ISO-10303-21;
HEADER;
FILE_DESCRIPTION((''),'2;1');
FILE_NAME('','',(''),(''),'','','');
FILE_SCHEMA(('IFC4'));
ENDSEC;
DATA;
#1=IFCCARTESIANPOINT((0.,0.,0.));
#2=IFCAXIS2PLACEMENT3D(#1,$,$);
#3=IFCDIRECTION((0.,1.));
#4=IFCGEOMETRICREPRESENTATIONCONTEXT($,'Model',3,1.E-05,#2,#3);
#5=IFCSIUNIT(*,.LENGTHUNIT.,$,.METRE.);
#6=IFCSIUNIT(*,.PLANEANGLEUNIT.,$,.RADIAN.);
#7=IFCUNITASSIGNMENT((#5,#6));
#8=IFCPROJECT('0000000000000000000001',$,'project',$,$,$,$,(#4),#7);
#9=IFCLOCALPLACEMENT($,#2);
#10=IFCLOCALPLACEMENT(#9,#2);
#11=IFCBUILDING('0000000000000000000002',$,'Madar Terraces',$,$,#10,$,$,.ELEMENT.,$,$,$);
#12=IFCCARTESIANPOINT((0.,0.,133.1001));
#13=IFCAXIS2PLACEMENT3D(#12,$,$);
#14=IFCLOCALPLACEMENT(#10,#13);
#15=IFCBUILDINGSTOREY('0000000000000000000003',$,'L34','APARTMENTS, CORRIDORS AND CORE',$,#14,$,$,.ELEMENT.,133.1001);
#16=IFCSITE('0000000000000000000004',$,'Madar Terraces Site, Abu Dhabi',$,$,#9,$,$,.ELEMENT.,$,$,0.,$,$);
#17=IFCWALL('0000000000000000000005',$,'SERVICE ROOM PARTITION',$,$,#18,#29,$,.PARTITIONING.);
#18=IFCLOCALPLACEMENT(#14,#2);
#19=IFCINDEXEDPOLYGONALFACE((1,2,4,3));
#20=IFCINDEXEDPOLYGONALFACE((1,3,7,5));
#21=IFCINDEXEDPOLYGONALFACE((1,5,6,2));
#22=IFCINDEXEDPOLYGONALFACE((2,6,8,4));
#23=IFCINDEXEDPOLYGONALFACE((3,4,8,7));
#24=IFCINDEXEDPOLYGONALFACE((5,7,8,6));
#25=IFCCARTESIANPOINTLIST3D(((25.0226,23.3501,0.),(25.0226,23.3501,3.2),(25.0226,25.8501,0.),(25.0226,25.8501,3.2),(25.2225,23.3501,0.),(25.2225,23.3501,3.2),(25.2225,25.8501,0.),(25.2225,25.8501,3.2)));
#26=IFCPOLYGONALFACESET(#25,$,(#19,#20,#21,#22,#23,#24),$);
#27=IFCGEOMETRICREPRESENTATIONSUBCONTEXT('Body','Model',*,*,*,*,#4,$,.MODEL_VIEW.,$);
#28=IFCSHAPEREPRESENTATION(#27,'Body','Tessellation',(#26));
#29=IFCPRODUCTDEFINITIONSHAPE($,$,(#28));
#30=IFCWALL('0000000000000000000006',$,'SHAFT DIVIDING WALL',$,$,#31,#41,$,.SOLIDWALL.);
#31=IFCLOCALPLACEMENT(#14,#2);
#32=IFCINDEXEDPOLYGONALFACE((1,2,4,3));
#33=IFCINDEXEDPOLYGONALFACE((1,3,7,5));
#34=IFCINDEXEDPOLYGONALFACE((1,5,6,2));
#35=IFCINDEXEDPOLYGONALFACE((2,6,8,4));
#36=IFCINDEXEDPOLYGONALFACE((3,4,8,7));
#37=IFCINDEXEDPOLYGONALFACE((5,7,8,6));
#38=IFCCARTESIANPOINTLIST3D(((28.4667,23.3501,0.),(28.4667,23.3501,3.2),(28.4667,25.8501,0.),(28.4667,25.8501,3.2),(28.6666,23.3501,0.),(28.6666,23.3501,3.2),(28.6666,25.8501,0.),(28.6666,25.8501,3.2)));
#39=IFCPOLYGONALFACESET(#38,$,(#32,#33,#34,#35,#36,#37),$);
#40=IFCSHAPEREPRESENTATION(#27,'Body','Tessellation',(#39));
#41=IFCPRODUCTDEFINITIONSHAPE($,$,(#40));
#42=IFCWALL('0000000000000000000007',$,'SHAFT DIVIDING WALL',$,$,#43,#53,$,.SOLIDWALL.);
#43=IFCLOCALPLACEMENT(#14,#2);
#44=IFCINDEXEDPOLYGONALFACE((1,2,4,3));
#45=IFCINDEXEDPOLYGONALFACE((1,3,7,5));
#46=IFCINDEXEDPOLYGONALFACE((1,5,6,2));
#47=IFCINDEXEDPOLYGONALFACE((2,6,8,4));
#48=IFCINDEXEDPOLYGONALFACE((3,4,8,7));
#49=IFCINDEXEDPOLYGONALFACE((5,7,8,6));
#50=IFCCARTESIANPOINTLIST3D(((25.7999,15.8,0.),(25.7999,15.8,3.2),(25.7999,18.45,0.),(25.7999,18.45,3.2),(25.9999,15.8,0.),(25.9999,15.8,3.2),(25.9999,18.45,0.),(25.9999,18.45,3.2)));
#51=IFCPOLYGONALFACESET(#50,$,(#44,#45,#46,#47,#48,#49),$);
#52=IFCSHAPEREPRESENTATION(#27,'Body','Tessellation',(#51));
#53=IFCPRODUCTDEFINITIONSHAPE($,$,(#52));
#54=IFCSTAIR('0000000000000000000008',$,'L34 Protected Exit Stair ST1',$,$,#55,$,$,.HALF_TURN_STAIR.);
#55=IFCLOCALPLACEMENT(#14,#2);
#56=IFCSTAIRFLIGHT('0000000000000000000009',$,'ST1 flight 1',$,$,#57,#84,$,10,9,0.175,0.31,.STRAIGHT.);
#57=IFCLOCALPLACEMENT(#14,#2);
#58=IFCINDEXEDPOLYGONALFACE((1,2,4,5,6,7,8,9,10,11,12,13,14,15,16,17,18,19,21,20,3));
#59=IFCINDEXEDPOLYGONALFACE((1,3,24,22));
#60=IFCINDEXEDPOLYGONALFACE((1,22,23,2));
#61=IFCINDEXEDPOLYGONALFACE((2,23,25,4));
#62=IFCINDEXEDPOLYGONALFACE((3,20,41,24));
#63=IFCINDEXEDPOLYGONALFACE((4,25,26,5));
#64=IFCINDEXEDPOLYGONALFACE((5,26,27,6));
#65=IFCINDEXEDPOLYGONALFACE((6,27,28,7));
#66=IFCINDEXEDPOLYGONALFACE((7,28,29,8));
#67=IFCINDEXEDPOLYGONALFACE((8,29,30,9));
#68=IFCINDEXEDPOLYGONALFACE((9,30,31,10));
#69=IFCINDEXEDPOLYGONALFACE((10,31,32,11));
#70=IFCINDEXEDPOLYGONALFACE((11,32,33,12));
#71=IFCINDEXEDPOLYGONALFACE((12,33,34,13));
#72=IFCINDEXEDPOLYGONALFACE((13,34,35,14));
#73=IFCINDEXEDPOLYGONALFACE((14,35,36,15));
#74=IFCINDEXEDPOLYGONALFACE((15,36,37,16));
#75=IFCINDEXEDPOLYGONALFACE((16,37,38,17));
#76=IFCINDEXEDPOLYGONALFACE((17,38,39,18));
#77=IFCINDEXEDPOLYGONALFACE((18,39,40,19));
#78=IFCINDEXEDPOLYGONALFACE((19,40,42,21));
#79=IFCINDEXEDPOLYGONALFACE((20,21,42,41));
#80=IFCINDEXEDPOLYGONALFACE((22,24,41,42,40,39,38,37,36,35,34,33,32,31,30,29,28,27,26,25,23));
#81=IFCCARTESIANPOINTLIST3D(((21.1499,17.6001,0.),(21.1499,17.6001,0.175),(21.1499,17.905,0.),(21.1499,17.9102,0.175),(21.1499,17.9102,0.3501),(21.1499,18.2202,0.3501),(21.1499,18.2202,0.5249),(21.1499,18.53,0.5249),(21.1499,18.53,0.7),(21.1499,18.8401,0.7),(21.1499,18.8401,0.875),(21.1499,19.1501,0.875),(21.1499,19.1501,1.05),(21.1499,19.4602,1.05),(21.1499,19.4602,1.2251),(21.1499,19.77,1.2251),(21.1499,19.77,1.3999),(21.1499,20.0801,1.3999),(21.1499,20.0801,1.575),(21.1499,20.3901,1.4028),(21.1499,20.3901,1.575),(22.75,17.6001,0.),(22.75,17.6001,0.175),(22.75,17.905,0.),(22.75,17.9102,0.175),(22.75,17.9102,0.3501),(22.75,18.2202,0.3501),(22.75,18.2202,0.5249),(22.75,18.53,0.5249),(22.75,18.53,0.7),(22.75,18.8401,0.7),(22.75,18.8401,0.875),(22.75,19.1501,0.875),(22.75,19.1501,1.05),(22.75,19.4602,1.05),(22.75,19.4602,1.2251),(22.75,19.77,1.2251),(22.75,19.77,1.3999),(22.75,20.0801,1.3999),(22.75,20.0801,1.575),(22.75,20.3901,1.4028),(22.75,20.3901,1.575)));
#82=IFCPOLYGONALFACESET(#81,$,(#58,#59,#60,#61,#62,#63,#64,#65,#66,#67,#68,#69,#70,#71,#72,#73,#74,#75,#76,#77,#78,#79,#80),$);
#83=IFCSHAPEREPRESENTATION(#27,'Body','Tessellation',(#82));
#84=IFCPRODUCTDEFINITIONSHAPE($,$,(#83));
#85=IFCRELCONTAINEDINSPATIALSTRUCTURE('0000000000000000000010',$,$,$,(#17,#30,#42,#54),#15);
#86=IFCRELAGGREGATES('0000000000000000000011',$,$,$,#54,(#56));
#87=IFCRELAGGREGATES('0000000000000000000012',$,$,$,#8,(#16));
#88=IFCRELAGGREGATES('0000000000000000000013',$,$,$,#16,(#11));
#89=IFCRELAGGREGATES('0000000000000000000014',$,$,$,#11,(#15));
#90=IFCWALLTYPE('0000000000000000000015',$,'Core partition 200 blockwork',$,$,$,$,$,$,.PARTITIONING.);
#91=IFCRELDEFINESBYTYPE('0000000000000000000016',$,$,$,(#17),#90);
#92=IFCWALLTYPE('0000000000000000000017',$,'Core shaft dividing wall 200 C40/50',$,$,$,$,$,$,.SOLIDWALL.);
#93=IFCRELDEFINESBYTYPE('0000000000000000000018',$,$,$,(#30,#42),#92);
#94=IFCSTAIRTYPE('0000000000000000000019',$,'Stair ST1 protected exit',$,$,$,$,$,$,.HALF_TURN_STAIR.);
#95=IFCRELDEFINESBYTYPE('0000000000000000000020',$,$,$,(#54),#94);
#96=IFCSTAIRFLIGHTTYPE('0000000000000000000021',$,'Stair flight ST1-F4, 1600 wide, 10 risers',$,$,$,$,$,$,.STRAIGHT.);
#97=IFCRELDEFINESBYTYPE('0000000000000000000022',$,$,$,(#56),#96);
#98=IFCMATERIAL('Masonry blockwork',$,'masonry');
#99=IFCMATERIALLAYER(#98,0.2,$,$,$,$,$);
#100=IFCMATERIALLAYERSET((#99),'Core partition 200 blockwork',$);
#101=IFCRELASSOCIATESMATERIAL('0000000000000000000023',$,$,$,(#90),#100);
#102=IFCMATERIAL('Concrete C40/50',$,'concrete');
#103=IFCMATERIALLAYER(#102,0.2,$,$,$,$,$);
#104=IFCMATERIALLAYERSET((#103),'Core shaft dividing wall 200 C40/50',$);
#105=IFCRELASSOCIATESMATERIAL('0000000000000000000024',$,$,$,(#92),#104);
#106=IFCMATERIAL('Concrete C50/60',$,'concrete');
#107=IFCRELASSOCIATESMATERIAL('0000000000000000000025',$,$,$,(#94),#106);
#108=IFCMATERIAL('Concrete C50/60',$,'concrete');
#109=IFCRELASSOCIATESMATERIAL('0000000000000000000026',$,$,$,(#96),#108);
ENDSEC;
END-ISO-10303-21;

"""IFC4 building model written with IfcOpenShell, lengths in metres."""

from ifc_helpers import new_model, si_unit, direction, frame, frame_2d, origin, place, context, subcontext, project, spatial, polyline, rectangle, outline, extrude, material, layer, layer_set, type_object, element, aggregate, save


model = new_model("IFC4")

# Units and contexts
model_context = context("Model", 3, precision=1e-05, world=origin(), true_north=direction((0.0, 1.0)))
body_context = subcontext(model_context, "Body", "Model", "MODEL_VIEW")
ifc_project = project(units=[si_unit("LENGTHUNIT", "METRE"), si_unit("PLANEANGLEUNIT", "RADIAN")], contexts=[model_context])

# Site, building, storey
site_placement = place(None, origin())
site = spatial("IfcSite", under=ifc_project, at=site_placement, Name="Madar Terraces Site, Abu Dhabi", CompositionType="ELEMENT", RefElevation=0.0)
building_placement = place(site_placement, origin())
building = spatial("IfcBuilding", under=site, at=building_placement, Name="Madar Terraces", CompositionType="ELEMENT")
storey_placement = place(building_placement, frame((0.0, 0.0, 133.1001)))
storey = spatial("IfcBuildingStorey", under=building, at=storey_placement, Name="L34", Description="APARTMENTS, CORRIDORS AND CORE", CompositionType="ELEMENT", Elevation=133.1001)

# Walls
ifc_material_1 = material(Name="Masonry blockwork", Category="masonry")
ifc_layer_1 = layer(ifc_material_1, 0.2)
ifc_layer_set_1 = layer_set([ifc_layer_1], Name="Core partition 200 blockwork")
wall_type_1 = type_object("IfcWallType", Name="Core partition 200 blockwork", PredefinedType="PARTITIONING", material=ifc_layer_set_1)
wall_1_placement = place(storey_placement, frame((25.1226, 23.3501, 0.0), z_axis=(0.0, 0.0, 1.0), x_axis=(0.0, 1.0, 0.0)))
element("IfcWall", 1, at=wall_1_placement, inside=storey, type_object=wall_type_1, Name="SERVICE ROOM PARTITION", PredefinedType="PARTITIONING", context=body_context, shape_type="SweptSolid", body=[
    extrude(rectangle(XDim=2.5, YDim=0.2, at=frame_2d((1.25, 0.0))), origin(), (0.0, 0.0, 1.0), 3.2),
])
ifc_material_2 = material(Name="Concrete C40/50", Category="concrete")
ifc_layer_2 = layer(ifc_material_2, 0.2)
ifc_layer_set_2 = layer_set([ifc_layer_2], Name="Core shaft dividing wall 200 C40/50")
wall_type_2 = type_object("IfcWallType", Name="Core shaft dividing wall 200 C40/50", PredefinedType="SOLIDWALL", material=ifc_layer_set_2)
wall_2_placement = place(storey_placement, frame((28.5667, 23.3501, 0.0), z_axis=(0.0, 0.0, 1.0), x_axis=(0.0, 1.0, 0.0)))
element("IfcWall", 2, at=wall_2_placement, inside=storey, type_object=wall_type_2, Name="SHAFT DIVIDING WALL", PredefinedType="SOLIDWALL", context=body_context, shape_type="SweptSolid", body=[
    extrude(rectangle(XDim=2.5, YDim=0.2, at=frame_2d((1.25, 0.0))), origin(), (0.0, 0.0, 1.0), 3.2),
])
wall_3_placement = place(storey_placement, frame((25.8999, 15.8, 0.0), z_axis=(0.0, 0.0, 1.0), x_axis=(0.0, 1.0, 0.0)))
element("IfcWall", 3, at=wall_3_placement, inside=storey, type_object=wall_type_2, Name="SHAFT DIVIDING WALL", PredefinedType="SOLIDWALL", context=body_context, shape_type="SweptSolid", body=[
    extrude(rectangle(XDim=2.6499, YDim=0.2, at=frame_2d((1.325, 0.0))), origin(), (0.0, 0.0, 1.0), 3.2),
])

# Stair, stair flight
ifc_material_3 = material(Name="Concrete C50/60", Category="concrete")
stair_type = type_object("IfcStairType", Name="Stair ST1 protected exit", PredefinedType="HALF_TURN_STAIR", material=ifc_material_3)
stair_placement = place(storey_placement, origin())
stair = element("IfcStair", 4, at=stair_placement, inside=storey, type_object=stair_type, Name="L34 Protected Exit Stair ST1", PredefinedType="HALF_TURN_STAIR")
ifc_material_4 = material(Name="Concrete C50/60", Category="concrete")
stair_flight_type = type_object("IfcStairFlightType", Name="Stair flight ST1-F4, 1600 wide, 10 risers", PredefinedType="STRAIGHT", material=ifc_material_4)
stair_flight_placement = place(storey_placement, frame((21.95, 17.6001, 0.0), z_axis=(0.0, 0.0, 1.0), x_axis=(0.0, 1.0, 0.0)))
stair_flight = element("IfcStairFlight", 5, at=stair_flight_placement, type_object=stair_flight_type, Name="ST1 flight 1", NumberOfRisers=10, NumberOfTreads=9, PredefinedType="STRAIGHT", RiserHeight=0.175, TreadLength=0.31, context=body_context, shape_type="SweptSolid", body=[
    extrude(outline(polyline([(0.0, 0.0), (0.0, 0.175), (0.3101, 0.175), (0.3101, 0.3501), (0.6201, 0.3501), (0.6201, 0.5249), (0.9299, 0.5249), (0.9299, 0.7), (1.24, 0.7), (1.24, 0.875), (1.55, 0.875), (1.55, 1.05), (1.8601, 1.05), (1.8601, 1.2251), (2.1699, 1.2251), (2.1699, 1.3999), (2.48, 1.3999), (2.48, 1.575), (2.79, 1.575), (2.79, 1.75), (2.79, 1.4028), (0.3049, 0.0), (0.0, 0.0)])), frame((0.0, 0.8, 0.0), z_axis=(0.0, -1.0, 0.0), x_axis=(1.0, 0.0, 0.0)), (0.0, 0.0, 1.0), 1.6001),
])
aggregate(stair, [stair_flight])

save(model, "model.ifc")
